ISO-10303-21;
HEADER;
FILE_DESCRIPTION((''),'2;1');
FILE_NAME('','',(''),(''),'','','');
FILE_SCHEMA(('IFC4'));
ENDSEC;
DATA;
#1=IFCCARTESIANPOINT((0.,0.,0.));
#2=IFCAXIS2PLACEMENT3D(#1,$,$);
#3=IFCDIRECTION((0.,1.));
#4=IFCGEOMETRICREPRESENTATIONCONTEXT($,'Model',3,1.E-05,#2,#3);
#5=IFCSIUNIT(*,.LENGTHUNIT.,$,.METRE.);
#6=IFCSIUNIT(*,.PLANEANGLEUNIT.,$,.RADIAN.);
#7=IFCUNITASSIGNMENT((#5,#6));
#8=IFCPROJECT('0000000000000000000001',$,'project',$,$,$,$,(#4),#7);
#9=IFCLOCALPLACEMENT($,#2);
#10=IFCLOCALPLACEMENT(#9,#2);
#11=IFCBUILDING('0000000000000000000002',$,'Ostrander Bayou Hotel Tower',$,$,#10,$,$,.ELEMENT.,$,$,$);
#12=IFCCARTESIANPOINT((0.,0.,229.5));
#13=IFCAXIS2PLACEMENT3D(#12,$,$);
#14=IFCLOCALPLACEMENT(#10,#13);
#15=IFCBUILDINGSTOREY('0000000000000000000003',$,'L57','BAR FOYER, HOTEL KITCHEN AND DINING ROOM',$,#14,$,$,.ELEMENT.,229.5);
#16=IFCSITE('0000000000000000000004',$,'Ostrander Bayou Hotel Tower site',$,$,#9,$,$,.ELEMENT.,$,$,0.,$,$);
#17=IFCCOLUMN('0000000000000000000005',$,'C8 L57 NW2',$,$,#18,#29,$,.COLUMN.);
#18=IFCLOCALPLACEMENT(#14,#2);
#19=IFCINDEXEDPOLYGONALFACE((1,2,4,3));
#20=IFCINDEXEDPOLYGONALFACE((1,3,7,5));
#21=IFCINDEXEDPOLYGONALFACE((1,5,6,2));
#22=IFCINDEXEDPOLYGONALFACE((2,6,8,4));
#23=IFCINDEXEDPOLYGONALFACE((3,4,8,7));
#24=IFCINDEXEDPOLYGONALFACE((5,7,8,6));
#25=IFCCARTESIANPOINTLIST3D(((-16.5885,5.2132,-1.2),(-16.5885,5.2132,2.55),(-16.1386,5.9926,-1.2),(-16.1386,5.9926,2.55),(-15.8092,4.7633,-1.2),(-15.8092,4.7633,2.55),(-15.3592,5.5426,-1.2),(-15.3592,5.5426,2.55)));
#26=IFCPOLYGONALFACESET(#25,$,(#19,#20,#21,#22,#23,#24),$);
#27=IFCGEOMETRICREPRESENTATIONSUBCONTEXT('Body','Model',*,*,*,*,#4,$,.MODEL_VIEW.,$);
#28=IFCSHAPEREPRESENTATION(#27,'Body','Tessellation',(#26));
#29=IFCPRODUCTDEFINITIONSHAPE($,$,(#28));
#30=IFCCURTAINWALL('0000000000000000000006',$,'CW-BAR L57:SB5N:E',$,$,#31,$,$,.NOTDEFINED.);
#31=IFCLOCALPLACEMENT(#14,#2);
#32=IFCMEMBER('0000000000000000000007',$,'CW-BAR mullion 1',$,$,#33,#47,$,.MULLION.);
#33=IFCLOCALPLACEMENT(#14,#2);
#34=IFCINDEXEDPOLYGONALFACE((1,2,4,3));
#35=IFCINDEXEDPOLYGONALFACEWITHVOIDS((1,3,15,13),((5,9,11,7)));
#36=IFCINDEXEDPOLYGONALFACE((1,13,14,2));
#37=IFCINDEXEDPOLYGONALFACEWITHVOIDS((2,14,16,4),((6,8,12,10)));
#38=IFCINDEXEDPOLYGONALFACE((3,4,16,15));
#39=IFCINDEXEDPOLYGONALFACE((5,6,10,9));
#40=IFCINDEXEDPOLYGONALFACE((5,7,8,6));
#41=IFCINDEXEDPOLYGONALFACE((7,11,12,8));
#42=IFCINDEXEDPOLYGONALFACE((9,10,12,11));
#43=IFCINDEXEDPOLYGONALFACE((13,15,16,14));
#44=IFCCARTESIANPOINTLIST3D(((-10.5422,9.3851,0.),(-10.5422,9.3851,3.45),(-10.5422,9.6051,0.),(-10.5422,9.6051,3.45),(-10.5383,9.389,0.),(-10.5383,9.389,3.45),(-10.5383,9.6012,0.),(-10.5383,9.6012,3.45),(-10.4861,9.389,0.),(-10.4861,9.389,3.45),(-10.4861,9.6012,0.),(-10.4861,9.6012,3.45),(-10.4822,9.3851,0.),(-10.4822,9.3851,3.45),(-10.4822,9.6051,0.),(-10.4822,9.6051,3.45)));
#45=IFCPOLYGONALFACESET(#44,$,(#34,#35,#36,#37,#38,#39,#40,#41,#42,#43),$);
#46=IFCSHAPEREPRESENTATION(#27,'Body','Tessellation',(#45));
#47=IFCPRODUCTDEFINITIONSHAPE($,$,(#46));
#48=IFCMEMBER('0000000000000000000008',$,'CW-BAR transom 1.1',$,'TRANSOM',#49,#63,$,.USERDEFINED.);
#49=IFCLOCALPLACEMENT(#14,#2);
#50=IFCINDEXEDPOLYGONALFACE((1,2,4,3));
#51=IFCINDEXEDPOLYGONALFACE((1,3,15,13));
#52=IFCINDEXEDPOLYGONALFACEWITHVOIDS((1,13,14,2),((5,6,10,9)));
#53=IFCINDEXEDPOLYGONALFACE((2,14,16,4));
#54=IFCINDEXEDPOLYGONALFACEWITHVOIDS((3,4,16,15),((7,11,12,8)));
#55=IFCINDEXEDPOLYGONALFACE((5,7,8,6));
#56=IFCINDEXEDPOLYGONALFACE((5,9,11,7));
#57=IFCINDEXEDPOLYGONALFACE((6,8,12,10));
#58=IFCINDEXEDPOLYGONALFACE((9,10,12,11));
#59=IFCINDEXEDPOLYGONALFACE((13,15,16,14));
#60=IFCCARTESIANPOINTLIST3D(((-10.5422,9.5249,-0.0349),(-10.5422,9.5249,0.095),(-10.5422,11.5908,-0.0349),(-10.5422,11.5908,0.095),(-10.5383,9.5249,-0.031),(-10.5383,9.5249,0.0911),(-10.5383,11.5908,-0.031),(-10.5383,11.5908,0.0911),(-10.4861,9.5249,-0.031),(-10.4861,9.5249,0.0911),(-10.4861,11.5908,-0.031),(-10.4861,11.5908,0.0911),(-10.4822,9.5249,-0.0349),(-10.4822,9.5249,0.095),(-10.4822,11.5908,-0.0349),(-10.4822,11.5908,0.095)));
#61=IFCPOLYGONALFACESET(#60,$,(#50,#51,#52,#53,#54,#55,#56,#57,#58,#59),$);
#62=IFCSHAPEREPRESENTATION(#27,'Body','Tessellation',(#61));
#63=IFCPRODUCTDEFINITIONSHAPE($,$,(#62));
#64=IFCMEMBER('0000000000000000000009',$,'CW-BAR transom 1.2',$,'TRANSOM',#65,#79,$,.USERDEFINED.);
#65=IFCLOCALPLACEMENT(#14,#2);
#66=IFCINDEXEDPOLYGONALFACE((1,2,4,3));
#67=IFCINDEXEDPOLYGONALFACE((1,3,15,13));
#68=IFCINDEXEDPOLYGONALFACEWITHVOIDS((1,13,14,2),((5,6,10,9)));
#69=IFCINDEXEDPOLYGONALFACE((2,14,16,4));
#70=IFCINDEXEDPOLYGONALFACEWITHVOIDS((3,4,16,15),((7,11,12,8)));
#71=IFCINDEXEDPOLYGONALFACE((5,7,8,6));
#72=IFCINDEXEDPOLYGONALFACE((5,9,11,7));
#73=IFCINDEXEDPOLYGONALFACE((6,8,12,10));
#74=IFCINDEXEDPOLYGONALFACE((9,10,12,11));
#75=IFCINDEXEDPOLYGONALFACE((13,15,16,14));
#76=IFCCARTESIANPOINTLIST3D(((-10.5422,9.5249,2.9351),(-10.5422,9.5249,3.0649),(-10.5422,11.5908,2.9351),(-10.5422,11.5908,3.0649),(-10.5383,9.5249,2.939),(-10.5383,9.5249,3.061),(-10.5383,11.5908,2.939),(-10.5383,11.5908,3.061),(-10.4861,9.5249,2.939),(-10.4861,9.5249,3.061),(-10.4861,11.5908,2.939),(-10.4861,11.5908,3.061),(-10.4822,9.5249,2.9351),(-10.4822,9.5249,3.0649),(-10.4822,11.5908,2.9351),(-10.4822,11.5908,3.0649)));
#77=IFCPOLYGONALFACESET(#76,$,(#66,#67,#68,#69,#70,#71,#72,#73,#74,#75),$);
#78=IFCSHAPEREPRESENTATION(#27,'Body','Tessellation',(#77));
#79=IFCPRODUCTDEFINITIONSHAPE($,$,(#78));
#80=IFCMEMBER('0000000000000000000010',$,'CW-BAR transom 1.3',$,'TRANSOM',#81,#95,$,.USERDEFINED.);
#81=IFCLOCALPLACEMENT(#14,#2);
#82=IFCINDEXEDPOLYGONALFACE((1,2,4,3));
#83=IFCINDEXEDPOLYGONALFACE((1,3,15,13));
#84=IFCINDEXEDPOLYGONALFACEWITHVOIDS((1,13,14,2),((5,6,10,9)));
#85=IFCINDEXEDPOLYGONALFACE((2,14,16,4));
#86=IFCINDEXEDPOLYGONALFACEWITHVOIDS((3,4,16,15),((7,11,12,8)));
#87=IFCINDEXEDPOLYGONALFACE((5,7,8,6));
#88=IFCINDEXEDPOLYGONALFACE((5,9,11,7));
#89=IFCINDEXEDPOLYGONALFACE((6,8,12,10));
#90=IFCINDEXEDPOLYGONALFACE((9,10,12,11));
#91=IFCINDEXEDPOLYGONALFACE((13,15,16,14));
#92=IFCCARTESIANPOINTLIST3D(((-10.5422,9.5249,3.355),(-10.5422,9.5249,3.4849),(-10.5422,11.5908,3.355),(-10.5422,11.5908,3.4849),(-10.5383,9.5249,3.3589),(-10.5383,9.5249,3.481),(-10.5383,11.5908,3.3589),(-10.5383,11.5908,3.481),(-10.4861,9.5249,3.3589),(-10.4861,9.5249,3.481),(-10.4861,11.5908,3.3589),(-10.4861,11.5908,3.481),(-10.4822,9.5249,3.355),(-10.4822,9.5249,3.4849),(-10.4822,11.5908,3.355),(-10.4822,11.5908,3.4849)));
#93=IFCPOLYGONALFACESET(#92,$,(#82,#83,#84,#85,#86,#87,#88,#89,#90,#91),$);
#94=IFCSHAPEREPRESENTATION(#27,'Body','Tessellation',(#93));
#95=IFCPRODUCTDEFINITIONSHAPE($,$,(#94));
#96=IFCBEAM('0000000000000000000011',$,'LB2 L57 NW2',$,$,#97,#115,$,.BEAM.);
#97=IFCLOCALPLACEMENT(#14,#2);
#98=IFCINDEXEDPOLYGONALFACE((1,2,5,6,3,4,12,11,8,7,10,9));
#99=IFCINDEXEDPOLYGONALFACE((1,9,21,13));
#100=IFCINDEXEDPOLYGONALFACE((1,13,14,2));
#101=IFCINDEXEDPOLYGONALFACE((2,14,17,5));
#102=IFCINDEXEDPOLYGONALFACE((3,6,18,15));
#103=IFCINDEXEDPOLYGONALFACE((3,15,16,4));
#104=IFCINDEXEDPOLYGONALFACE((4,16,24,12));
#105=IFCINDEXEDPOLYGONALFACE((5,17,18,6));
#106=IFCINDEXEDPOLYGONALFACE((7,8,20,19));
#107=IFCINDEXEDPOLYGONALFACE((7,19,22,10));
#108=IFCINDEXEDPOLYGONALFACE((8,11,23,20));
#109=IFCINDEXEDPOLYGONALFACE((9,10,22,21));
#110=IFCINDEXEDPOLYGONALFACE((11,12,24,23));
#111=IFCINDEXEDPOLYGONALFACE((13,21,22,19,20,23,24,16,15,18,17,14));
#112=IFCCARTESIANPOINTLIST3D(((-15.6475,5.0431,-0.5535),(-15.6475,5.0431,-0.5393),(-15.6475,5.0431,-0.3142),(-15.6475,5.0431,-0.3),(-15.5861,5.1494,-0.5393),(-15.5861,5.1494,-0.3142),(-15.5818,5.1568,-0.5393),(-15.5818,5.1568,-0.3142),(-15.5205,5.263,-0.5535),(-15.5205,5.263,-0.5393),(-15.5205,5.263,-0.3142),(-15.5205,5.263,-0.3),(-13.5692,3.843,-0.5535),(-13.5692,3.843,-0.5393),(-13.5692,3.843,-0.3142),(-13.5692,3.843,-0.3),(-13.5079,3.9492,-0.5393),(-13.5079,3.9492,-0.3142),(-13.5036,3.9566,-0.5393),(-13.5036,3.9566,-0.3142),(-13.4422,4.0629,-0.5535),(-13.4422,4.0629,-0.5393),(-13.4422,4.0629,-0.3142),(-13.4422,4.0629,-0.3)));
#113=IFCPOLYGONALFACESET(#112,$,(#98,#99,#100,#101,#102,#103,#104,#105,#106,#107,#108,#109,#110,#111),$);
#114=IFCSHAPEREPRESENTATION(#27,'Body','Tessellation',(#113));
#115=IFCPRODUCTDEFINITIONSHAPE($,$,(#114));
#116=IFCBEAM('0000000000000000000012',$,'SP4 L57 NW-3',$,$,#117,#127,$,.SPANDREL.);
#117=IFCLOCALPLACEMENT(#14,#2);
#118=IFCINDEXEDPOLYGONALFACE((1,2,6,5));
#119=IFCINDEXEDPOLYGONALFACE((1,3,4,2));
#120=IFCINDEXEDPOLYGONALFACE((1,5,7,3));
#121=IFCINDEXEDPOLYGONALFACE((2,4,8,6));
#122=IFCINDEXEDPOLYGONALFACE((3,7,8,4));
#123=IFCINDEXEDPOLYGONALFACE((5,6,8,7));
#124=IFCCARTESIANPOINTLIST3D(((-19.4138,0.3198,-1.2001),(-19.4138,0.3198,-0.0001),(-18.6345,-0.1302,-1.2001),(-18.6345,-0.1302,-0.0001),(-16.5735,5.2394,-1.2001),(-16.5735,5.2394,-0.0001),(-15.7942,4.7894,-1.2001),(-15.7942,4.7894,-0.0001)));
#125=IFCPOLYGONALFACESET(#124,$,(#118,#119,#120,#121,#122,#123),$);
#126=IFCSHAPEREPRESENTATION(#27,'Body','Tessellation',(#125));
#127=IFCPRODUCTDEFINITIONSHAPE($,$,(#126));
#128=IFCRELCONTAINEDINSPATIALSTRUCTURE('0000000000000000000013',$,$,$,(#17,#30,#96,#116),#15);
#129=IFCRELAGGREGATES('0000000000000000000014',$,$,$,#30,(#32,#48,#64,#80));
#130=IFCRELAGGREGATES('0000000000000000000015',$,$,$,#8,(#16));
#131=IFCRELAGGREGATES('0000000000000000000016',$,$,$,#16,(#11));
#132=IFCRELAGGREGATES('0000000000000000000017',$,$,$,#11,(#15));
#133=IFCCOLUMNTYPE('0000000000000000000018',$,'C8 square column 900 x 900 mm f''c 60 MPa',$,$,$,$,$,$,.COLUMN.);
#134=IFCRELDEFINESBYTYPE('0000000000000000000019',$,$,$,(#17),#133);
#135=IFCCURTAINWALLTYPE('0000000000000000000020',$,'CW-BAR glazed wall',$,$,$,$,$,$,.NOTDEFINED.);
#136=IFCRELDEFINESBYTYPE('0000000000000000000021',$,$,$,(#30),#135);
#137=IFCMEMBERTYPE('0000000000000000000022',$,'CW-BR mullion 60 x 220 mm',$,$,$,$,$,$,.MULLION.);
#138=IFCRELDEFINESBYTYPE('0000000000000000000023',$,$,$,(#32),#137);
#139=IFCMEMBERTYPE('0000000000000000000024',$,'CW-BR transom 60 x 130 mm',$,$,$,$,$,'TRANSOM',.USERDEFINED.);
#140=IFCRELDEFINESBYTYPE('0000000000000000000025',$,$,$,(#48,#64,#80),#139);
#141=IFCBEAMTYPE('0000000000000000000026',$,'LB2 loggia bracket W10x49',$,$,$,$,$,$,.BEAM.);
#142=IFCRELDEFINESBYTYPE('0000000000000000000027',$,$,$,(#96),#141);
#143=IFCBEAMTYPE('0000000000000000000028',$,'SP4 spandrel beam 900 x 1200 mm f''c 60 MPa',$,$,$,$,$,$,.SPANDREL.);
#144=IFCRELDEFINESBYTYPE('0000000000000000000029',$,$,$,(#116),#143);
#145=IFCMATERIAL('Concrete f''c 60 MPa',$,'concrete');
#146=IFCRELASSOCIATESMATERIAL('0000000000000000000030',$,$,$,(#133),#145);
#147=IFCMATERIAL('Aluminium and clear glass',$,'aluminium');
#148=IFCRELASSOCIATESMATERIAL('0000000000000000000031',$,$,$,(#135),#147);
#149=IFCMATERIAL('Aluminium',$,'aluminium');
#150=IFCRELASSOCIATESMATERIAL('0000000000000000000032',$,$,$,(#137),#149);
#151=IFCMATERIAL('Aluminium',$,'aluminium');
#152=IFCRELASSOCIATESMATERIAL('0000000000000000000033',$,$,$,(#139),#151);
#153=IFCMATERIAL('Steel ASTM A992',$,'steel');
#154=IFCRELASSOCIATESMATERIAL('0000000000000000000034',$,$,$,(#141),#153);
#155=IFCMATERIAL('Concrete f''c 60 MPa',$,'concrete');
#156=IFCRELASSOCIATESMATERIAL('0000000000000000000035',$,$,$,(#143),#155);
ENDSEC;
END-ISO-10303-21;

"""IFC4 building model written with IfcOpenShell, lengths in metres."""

from ifc_helpers import new_model, si_unit, direction, frame, origin, origin_2d, place, context, subcontext, project, spatial, rectangle, hollow_rectangle, i_section, extrude, material, material_profile, profile_set, type_object, element, aggregate, save


model = new_model("IFC4")

# Units and contexts
model_context = context("Model", 3, precision=1e-05, world=origin(), true_north=direction((0.0, 1.0)))
body_context = subcontext(model_context, "Body", "Model", "MODEL_VIEW")
ifc_project = project(units=[si_unit("LENGTHUNIT", "METRE"), si_unit("PLANEANGLEUNIT", "RADIAN")], contexts=[model_context])

# Site, building, storey
site_placement = place(None, origin())
site = spatial("IfcSite", under=ifc_project, at=site_placement, Name="Ostrander Bayou Hotel Tower site", CompositionType="ELEMENT", RefElevation=0.0)
building_placement = place(site_placement, origin())
building = spatial("IfcBuilding", under=site, at=building_placement, Name="Ostrander Bayou Hotel Tower", CompositionType="ELEMENT")
storey_placement = place(building_placement, frame((0.0, 0.0, 229.5)))
storey = spatial("IfcBuildingStorey", under=building, at=storey_placement, Name="L57", Description="BAR FOYER, HOTEL KITCHEN AND DINING ROOM", CompositionType="ELEMENT", Elevation=229.5)

# Column
ifc_material_1 = material(Name="Concrete f'c 60 MPa", Category="concrete")
ifc_material_profile_1 = material_profile(ifc_material_1, rectangle(XDim=0.8999, YDim=0.8999, at=origin_2d()))
ifc_profile_set_1 = profile_set([ifc_material_profile_1], Name="Concrete f'c 60 MPa")
column_type = type_object("IfcColumnType", Name="C8 square column 900 x 900 mm f'c 60 MPa", PredefinedType="COLUMN", material=ifc_profile_set_1)
column_placement = place(storey_placement, frame((-15.9739, 5.3779, -1.2), z_axis=(0.0, 0.0, 1.0), x_axis=(0.5, 0.866025, 0.0)))
element("IfcColumn", 1, at=column_placement, inside=storey, type_object=column_type, Name="C8 L57 NW2", PredefinedType="COLUMN", context=body_context, shape_type="SweptSolid", body=[
    extrude(rectangle(XDim=0.8999, YDim=0.8999, at=origin_2d()), origin(), (0.0, 0.0, 1.0), 3.75),
])

# Curtain wall, members
ifc_material_2 = material(Name="Aluminium and clear glass", Category="aluminium")
curtain_wall_type = type_object("IfcCurtainWallType", Name="CW-BAR glazed wall", PredefinedType="NOTDEFINED", material=ifc_material_2)
curtain_wall_placement = place(storey_placement, origin())
curtain_wall = element("IfcCurtainWall", 2, at=curtain_wall_placement, inside=storey, type_object=curtain_wall_type, Name="CW-BAR L57:SB5N:E", PredefinedType="NOTDEFINED")
ifc_material_3 = material(Name="Aluminium", Category="aluminium")
ifc_material_profile_2 = material_profile(ifc_material_3, hollow_rectangle(XDim=0.0601, YDim=0.22, WallThickness=0.0039, at=origin_2d()))
ifc_profile_set_2 = profile_set([ifc_material_profile_2], Name="Aluminium")
member_type_1 = type_object("IfcMemberType", Name="CW-BR mullion 60 x 220 mm", PredefinedType="MULLION", material=ifc_profile_set_2)
member_1_placement = place(storey_placement, frame((-10.5122, 9.4951, 0.0), z_axis=(0.0, 0.0, 1.0), x_axis=(-1.0, 0.0, 0.0)))
member_1 = element("IfcMember", 3, at=member_1_placement, type_object=member_type_1, Name="CW-BAR mullion 1", PredefinedType="MULLION", context=body_context, shape_type="SweptSolid", body=[
    extrude(hollow_rectangle(XDim=0.0601, YDim=0.22, WallThickness=0.0039, at=origin_2d()), origin(), (0.0, 0.0, 1.0), 3.45),
])
ifc_material_4 = material(Name="Aluminium", Category="aluminium")
ifc_material_profile_3 = material_profile(ifc_material_4, hollow_rectangle(XDim=0.0601, YDim=0.1299, WallThickness=0.0039, at=origin_2d()))
ifc_profile_set_3 = profile_set([ifc_material_profile_3], Name="Aluminium")
member_type_2 = type_object("IfcMemberType", Name="CW-BR transom 60 x 130 mm", ElementType="TRANSOM", PredefinedType="USERDEFINED", material=ifc_profile_set_3)
member_2_placement = place(storey_placement, frame((-10.5122, 9.5249, 0.03), z_axis=(0.0, 1.0, 0.0), x_axis=(-1.0, 0.0, 0.0)))
member_2 = element("IfcMember", 4, at=member_2_placement, type_object=member_type_2, Name="CW-BAR transom 1.1", ObjectType="TRANSOM", PredefinedType="USERDEFINED", context=body_context, shape_type="SweptSolid", body=[
    extrude(hollow_rectangle(XDim=0.0601, YDim=0.1299, WallThickness=0.0039, at=origin_2d()), origin(), (0.0, 0.0, 1.0), 2.0659),
])
member_3_placement = place(storey_placement, frame((-10.5122, 9.5249, 3.0), z_axis=(0.0, 1.0, 0.0), x_axis=(-1.0, 0.0, 0.0)))
member_3 = element("IfcMember", 5, at=member_3_placement, type_object=member_type_2, Name="CW-BAR transom 1.2", ObjectType="TRANSOM", PredefinedType="USERDEFINED", context=body_context, shape_type="SweptSolid", body=[
    extrude(hollow_rectangle(XDim=0.0601, YDim=0.1299, WallThickness=0.0039, at=origin_2d()), origin(), (0.0, 0.0, 1.0), 2.0659),
])
member_4_placement = place(storey_placement, frame((-10.5122, 9.5249, 3.4199), z_axis=(0.0, 1.0, 0.0), x_axis=(-1.0, 0.0, 0.0)))
member_4 = element("IfcMember", 6, at=member_4_placement, type_object=member_type_2, Name="CW-BAR transom 1.3", ObjectType="TRANSOM", PredefinedType="USERDEFINED", context=body_context, shape_type="SweptSolid", body=[
    extrude(hollow_rectangle(XDim=0.0601, YDim=0.1299, WallThickness=0.0039, at=origin_2d()), origin(), (0.0, 0.0, 1.0), 2.0659),
])
aggregate(curtain_wall, [member_1, member_2, member_3, member_4])

# Beams
ifc_material_5 = material(Name="Steel ASTM A992", Category="steel")
ifc_material_profile_4 = material_profile(ifc_material_5, i_section(OverallWidth=0.2539, OverallDepth=0.2534, WebThickness=0.0085, FlangeThickness=0.0142, at=origin_2d()))
ifc_profile_set_4 = profile_set([ifc_material_profile_4], Name="Steel ASTM A992")
beam_type_1 = type_object("IfcBeamType", Name="LB2 loggia bracket W10x49", PredefinedType="BEAM", material=ifc_profile_set_4)
beam_1_placement = place(storey_placement, frame((-15.584, 5.1531, -0.4268), z_axis=(0.865981, -0.500078, 0.0), x_axis=(0.500078, 0.865981, 0.0)))
element("IfcBeam", 7, at=beam_1_placement, inside=storey, type_object=beam_type_1, Name="LB2 L57 NW2", PredefinedType="BEAM", context=body_context, shape_type="SweptSolid", body=[
    extrude(i_section(OverallWidth=0.2539, OverallDepth=0.2534, WebThickness=0.0085, FlangeThickness=0.0142, at=origin_2d()), origin(), (0.0, 0.0, 1.0), 2.3999),
])
ifc_material_6 = material(Name="Concrete f'c 60 MPa", Category="concrete")
ifc_material_profile_5 = material_profile(ifc_material_6, rectangle(XDim=0.8999, YDim=1.2, at=origin_2d()))
ifc_profile_set_5 = profile_set([ifc_material_profile_5], Name="Concrete f'c 60 MPa")
beam_type_2 = type_object("IfcBeamType", Name="SP4 spandrel beam 900 x 1200 mm f'c 60 MPa", PredefinedType="SPANDREL", material=ifc_profile_set_5)
beam_2_placement = place(storey_placement, frame((-16.1838, 5.0144, -0.6001), z_axis=(-0.499994, -0.866029, 0.0), x_axis=(0.866029, -0.499994, 0.0)))
element("IfcBeam", 8, at=beam_2_placement, inside=storey, type_object=beam_type_2, Name="SP4 L57 NW-3", PredefinedType="SPANDREL", context=body_context, shape_type="SweptSolid", body=[
    extrude(rectangle(XDim=0.8999, YDim=1.2, at=origin_2d()), origin(), (0.0, 0.0, 1.0), 5.6807),
])

save(model, "model.ifc")
